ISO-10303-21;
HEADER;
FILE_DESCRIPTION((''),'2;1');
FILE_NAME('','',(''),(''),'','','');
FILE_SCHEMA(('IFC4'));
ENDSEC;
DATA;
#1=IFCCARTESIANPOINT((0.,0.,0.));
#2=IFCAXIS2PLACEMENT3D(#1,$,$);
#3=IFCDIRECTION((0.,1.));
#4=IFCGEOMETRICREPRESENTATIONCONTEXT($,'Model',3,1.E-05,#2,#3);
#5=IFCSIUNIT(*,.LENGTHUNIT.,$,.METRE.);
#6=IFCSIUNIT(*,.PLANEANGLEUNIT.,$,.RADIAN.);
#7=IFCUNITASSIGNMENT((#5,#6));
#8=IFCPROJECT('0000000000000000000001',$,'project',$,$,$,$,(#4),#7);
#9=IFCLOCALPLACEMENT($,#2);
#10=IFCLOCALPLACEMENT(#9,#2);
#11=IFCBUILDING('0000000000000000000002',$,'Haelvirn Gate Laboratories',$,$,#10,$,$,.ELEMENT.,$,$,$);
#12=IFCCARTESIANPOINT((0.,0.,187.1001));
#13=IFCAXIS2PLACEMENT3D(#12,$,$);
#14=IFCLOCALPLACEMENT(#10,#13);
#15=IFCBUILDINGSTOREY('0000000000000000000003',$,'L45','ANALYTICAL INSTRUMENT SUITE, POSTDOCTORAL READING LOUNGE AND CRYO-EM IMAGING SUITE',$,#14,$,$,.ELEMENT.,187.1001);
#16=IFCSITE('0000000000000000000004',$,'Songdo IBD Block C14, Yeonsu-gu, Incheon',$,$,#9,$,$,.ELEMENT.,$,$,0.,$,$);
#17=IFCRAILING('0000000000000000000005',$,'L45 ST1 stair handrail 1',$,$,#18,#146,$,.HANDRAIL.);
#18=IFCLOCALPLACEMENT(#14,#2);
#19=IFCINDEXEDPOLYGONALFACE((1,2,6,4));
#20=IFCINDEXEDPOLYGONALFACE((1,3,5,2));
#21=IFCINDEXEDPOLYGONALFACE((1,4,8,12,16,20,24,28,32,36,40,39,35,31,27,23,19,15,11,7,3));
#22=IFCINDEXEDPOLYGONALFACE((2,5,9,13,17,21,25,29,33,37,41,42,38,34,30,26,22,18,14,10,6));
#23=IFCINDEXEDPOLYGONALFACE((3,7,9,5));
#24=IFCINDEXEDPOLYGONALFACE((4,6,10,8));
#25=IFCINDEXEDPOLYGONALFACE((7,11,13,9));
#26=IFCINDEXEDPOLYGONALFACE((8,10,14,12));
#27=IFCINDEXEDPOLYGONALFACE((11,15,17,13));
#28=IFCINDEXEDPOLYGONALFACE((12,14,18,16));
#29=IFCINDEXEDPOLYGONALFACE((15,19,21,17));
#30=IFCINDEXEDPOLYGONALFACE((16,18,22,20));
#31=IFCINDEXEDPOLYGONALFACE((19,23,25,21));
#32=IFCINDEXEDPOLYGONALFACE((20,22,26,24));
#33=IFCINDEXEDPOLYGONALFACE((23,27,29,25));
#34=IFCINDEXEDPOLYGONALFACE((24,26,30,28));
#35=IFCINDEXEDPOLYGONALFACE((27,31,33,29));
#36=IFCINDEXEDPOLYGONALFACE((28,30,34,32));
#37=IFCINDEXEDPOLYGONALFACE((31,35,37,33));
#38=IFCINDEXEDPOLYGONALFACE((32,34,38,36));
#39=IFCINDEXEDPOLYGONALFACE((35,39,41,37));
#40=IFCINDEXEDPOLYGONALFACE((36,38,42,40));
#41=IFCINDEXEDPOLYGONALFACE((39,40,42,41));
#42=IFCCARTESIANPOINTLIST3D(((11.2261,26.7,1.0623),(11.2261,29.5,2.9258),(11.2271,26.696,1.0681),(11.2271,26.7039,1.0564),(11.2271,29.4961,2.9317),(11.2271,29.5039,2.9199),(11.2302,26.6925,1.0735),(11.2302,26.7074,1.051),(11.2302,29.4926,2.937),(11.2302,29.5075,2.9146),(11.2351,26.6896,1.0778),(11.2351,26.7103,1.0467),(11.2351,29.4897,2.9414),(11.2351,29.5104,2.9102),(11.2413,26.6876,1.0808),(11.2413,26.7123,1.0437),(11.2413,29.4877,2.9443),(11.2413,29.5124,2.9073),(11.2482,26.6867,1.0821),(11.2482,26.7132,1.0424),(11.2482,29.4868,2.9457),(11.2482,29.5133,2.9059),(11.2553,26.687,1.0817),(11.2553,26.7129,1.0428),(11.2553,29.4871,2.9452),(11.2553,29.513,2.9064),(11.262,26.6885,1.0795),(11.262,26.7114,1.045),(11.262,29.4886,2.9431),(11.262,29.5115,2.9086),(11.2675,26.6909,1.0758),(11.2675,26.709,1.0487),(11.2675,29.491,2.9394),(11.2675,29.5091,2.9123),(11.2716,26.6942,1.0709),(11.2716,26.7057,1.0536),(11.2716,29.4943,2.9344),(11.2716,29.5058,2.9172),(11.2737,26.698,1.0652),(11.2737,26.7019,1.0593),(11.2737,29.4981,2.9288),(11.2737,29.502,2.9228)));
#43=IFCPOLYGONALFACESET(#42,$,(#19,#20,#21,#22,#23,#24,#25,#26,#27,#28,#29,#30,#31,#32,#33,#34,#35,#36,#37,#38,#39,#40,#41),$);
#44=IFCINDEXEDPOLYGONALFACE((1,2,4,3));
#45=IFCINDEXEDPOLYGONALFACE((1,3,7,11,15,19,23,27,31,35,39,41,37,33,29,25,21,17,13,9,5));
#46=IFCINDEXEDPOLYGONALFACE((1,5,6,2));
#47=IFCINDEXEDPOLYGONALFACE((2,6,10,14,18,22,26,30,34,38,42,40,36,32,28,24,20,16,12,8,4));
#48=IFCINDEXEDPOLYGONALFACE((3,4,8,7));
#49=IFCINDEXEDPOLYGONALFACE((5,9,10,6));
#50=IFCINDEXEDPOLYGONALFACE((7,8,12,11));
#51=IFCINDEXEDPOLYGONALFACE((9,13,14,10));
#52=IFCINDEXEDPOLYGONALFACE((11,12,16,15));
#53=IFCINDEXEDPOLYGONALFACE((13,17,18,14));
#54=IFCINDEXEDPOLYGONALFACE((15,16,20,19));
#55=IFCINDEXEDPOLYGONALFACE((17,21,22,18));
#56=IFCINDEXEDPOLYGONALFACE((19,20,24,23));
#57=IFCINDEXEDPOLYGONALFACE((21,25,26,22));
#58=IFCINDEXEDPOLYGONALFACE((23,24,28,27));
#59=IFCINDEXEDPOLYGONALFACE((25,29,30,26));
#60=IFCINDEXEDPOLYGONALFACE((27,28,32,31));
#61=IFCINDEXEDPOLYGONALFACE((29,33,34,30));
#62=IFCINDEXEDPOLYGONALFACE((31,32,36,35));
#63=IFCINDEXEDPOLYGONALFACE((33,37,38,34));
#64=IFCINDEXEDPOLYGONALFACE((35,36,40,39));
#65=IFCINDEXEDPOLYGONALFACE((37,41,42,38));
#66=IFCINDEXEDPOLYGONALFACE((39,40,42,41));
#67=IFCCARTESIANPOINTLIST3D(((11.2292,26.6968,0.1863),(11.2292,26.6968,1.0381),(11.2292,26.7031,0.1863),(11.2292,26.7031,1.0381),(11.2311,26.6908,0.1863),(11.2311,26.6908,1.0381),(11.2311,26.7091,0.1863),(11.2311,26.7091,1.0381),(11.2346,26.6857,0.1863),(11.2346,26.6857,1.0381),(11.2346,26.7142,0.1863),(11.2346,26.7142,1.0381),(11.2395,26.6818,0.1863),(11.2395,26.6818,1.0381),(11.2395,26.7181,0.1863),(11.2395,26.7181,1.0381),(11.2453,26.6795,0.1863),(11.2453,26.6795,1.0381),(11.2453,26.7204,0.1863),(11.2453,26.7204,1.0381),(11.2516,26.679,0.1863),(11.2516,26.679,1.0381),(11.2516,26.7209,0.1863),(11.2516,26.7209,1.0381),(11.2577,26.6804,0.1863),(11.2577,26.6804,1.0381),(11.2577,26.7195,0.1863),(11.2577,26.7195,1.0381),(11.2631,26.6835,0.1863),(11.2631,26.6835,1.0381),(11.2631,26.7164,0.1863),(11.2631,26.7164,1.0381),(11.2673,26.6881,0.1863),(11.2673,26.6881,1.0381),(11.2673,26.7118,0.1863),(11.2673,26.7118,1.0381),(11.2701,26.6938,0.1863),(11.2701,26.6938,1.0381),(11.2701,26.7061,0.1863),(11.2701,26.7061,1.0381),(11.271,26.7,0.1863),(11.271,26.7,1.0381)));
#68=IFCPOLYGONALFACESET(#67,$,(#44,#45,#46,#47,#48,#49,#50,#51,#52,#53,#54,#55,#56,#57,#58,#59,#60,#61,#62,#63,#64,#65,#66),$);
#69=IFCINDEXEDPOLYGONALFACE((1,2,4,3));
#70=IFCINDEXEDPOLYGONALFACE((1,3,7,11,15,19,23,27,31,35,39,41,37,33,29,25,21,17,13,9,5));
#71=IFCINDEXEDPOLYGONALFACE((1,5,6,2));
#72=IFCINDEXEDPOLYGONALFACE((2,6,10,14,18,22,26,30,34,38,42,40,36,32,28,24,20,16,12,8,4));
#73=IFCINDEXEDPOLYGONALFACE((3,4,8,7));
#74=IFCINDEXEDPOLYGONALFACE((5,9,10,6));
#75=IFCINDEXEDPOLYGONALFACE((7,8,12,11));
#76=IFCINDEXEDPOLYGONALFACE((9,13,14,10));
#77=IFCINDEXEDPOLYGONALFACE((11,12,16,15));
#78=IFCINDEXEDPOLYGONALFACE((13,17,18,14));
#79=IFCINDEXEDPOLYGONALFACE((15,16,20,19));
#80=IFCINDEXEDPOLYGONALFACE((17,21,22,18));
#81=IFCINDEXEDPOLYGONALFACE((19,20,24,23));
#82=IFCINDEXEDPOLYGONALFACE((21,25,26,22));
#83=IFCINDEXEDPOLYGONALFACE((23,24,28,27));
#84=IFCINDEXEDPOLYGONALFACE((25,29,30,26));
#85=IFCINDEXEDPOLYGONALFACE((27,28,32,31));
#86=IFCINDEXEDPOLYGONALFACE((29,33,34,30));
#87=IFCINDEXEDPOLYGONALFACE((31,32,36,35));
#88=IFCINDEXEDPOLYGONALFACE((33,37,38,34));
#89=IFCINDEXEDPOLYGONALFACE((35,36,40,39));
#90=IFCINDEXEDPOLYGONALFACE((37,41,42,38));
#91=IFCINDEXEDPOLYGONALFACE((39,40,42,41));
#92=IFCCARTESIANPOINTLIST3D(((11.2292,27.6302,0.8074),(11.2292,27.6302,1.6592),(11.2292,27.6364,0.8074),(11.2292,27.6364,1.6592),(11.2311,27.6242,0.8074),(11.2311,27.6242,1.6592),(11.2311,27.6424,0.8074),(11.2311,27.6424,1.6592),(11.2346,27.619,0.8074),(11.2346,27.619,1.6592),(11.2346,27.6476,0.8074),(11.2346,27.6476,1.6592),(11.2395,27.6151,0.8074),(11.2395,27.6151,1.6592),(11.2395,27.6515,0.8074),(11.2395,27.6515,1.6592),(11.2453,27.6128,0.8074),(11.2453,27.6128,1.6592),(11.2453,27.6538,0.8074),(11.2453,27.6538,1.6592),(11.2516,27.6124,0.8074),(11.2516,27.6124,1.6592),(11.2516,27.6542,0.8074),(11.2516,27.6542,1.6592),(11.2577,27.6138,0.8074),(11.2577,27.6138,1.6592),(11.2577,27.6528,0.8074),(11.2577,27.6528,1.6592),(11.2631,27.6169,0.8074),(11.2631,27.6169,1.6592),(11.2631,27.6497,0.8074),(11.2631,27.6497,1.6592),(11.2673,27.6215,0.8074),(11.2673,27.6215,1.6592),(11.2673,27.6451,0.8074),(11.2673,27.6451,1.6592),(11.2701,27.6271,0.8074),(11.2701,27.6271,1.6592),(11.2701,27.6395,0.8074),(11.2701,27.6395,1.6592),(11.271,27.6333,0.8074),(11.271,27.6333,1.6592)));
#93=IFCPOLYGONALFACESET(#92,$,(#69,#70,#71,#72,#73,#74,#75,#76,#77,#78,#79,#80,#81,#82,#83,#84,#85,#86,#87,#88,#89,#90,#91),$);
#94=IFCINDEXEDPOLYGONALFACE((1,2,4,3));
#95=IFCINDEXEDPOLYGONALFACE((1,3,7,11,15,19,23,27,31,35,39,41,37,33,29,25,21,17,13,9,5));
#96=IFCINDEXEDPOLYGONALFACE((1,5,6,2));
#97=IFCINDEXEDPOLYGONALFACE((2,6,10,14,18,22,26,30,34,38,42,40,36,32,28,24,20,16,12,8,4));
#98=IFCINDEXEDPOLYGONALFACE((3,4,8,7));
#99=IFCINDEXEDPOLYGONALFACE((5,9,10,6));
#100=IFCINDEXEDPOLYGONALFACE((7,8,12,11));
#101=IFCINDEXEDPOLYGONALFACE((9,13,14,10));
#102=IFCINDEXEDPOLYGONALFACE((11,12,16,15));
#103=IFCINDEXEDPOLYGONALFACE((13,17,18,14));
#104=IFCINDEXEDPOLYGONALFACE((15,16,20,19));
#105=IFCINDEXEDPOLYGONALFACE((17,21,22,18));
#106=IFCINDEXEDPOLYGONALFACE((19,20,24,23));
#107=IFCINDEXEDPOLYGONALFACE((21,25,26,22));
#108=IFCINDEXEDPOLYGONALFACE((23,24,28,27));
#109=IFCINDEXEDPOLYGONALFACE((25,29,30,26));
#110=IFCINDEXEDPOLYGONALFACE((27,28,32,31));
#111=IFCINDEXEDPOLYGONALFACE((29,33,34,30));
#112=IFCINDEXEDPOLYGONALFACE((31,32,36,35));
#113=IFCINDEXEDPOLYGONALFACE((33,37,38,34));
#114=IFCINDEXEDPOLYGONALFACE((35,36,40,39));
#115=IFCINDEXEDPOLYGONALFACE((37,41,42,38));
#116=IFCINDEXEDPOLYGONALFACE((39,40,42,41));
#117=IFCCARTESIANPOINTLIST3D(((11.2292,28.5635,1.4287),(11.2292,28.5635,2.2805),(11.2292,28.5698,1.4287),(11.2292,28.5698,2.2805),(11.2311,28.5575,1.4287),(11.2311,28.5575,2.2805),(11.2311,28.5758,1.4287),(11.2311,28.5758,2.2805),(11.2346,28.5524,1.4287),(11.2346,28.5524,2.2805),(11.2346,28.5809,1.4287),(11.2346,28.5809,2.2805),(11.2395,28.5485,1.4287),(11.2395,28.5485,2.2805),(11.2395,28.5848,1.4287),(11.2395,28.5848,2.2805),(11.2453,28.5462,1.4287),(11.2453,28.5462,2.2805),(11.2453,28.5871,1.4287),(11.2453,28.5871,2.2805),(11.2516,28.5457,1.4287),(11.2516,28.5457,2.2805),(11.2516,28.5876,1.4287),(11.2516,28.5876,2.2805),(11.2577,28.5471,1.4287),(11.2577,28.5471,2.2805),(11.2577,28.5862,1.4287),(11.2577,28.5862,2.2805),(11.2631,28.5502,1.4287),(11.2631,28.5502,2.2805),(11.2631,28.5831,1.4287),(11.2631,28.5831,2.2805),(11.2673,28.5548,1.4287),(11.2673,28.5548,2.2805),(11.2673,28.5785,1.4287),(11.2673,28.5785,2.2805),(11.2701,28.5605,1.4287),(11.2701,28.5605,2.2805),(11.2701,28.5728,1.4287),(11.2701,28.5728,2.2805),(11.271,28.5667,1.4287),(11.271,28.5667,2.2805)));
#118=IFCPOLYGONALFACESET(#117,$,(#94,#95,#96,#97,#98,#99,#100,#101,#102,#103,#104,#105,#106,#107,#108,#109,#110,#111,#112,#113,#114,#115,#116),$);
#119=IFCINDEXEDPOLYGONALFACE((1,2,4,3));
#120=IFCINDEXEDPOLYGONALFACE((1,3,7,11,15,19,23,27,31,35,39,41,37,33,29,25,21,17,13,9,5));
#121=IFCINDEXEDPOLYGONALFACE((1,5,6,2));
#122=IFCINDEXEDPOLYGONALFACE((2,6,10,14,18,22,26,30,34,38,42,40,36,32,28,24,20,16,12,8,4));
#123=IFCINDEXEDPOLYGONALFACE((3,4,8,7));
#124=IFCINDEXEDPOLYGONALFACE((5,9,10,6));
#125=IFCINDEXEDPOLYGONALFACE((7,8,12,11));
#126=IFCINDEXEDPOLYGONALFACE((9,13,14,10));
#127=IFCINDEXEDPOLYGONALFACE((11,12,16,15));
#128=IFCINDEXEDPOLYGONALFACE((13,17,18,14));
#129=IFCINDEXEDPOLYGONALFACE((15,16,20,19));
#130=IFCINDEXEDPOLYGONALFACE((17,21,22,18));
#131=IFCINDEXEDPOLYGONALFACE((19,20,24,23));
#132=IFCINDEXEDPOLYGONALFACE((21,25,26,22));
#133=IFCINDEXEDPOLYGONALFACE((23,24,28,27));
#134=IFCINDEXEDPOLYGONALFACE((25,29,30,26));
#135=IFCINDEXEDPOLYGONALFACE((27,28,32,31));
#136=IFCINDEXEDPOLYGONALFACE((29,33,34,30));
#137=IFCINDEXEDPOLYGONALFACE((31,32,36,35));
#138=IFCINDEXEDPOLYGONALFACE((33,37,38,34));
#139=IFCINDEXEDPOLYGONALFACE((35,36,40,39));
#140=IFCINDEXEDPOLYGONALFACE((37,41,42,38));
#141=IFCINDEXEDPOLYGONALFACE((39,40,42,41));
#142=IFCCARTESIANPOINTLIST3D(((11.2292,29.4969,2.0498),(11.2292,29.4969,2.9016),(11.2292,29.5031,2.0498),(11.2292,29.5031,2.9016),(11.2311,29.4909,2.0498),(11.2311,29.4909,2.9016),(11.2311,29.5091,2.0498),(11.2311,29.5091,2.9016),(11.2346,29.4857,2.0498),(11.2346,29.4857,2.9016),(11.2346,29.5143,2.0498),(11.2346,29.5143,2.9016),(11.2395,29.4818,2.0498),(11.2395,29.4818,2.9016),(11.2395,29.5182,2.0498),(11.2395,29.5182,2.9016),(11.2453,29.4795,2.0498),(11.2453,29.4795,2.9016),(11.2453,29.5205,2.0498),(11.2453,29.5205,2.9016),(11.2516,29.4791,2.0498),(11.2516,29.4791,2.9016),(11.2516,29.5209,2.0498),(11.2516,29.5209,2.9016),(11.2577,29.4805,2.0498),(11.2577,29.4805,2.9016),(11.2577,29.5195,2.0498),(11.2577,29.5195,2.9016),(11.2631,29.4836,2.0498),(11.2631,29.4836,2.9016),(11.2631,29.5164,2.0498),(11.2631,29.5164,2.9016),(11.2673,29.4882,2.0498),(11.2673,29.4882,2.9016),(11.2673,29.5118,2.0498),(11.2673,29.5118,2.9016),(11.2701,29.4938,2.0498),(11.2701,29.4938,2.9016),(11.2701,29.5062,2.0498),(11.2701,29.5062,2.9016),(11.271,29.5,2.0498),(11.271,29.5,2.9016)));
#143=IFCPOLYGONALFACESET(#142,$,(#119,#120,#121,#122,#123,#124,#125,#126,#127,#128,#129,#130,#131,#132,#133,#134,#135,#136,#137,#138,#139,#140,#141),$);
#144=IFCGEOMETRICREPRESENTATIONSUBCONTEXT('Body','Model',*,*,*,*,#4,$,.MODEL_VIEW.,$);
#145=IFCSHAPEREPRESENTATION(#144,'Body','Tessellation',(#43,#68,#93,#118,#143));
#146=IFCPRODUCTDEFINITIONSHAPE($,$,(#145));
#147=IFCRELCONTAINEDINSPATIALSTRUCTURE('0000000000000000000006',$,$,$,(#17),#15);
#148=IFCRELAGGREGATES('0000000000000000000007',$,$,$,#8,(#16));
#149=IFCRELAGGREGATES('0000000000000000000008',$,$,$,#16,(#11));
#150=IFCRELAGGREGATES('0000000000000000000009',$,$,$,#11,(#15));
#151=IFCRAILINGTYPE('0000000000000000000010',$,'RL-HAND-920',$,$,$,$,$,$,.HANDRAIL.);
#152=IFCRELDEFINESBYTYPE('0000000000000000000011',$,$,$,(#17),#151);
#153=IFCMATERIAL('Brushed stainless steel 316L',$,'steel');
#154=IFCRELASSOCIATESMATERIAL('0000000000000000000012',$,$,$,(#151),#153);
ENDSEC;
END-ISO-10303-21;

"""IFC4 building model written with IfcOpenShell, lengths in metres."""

from ifc_helpers import new_model, si_unit, direction, frame, origin, origin_2d, place, context, subcontext, project, spatial, circle, extrude, source, transform, mapped, material, type_object, element, save


model = new_model("IFC4")

# Units and contexts
model_context = context("Model", 3, precision=1e-05, world=origin(), true_north=direction((0.0, 1.0)))
body_context = subcontext(model_context, "Body", "Model", "MODEL_VIEW")
ifc_project = project(units=[si_unit("LENGTHUNIT", "METRE"), si_unit("PLANEANGLEUNIT", "RADIAN")], contexts=[model_context])

# Site, building, storey
site_placement = place(None, origin())
site = spatial("IfcSite", under=ifc_project, at=site_placement, Name="Songdo IBD Block C14, Yeonsu-gu, Incheon", CompositionType="ELEMENT", RefElevation=0.0)
building_placement = place(site_placement, origin())
building = spatial("IfcBuilding", under=site, at=building_placement, Name="Haelvirn Gate Laboratories", CompositionType="ELEMENT")
storey_placement = place(building_placement, frame((0.0, 0.0, 187.1001)))
storey = spatial("IfcBuildingStorey", under=building, at=storey_placement, Name="L45", Description="ANALYTICAL INSTRUMENT SUITE, POSTDOCTORAL READING LOUNGE AND CRYO-EM IMAGING SUITE", CompositionType="ELEMENT", Elevation=187.1001)

# Railing
ifc_material_1 = material(Name="Brushed stainless steel 316L", Category="steel")
railing_type_1 = type_object("IfcRailingType", Name="RL-HAND-920", PredefinedType="HANDRAIL", material=ifc_material_1)
shared_shape_1 = source(origin(), body_context, "Body", "SweptSolid", [
    extrude(circle(Radius=0.0239, at=origin_2d()), frame((0.0, 0.0, 0.876), z_axis=(0.0, 0.832486, 0.554047), x_axis=(-1.0, 0.0, 0.0)), (0.0, 0.0, 1.0), 3.3635),
    extrude(circle(Radius=0.021, at=origin_2d()), origin(), (0.0, 0.0, 1.0), 0.8518),
    extrude(circle(Radius=0.021, at=origin_2d()), frame((0.0, 0.9333, 0.6211)), (0.0, 0.0, 1.0), 0.8518),
    extrude(circle(Radius=0.021, at=origin_2d()), frame((0.0, 1.8667, 1.2424)), (0.0, 0.0, 1.0), 0.8518),
    extrude(circle(Radius=0.021, at=origin_2d()), frame((0.0, 2.8, 1.8635)), (0.0, 0.0, 1.0), 0.8518),
])
railing_1_placement = place(storey_placement, frame((11.25, 26.7, 0.1863)))
element("IfcRailing", 1, at=railing_1_placement, inside=storey, type_object=railing_type_1, Name="L45 ST1 stair handrail 1", PredefinedType="HANDRAIL", context=body_context, shape_type="MappedRepresentation", body=[
    mapped(shared_shape_1, transform((0.0, 0.0, 0.0), scale=1.0)),
])

save(model, "model.ifc")
